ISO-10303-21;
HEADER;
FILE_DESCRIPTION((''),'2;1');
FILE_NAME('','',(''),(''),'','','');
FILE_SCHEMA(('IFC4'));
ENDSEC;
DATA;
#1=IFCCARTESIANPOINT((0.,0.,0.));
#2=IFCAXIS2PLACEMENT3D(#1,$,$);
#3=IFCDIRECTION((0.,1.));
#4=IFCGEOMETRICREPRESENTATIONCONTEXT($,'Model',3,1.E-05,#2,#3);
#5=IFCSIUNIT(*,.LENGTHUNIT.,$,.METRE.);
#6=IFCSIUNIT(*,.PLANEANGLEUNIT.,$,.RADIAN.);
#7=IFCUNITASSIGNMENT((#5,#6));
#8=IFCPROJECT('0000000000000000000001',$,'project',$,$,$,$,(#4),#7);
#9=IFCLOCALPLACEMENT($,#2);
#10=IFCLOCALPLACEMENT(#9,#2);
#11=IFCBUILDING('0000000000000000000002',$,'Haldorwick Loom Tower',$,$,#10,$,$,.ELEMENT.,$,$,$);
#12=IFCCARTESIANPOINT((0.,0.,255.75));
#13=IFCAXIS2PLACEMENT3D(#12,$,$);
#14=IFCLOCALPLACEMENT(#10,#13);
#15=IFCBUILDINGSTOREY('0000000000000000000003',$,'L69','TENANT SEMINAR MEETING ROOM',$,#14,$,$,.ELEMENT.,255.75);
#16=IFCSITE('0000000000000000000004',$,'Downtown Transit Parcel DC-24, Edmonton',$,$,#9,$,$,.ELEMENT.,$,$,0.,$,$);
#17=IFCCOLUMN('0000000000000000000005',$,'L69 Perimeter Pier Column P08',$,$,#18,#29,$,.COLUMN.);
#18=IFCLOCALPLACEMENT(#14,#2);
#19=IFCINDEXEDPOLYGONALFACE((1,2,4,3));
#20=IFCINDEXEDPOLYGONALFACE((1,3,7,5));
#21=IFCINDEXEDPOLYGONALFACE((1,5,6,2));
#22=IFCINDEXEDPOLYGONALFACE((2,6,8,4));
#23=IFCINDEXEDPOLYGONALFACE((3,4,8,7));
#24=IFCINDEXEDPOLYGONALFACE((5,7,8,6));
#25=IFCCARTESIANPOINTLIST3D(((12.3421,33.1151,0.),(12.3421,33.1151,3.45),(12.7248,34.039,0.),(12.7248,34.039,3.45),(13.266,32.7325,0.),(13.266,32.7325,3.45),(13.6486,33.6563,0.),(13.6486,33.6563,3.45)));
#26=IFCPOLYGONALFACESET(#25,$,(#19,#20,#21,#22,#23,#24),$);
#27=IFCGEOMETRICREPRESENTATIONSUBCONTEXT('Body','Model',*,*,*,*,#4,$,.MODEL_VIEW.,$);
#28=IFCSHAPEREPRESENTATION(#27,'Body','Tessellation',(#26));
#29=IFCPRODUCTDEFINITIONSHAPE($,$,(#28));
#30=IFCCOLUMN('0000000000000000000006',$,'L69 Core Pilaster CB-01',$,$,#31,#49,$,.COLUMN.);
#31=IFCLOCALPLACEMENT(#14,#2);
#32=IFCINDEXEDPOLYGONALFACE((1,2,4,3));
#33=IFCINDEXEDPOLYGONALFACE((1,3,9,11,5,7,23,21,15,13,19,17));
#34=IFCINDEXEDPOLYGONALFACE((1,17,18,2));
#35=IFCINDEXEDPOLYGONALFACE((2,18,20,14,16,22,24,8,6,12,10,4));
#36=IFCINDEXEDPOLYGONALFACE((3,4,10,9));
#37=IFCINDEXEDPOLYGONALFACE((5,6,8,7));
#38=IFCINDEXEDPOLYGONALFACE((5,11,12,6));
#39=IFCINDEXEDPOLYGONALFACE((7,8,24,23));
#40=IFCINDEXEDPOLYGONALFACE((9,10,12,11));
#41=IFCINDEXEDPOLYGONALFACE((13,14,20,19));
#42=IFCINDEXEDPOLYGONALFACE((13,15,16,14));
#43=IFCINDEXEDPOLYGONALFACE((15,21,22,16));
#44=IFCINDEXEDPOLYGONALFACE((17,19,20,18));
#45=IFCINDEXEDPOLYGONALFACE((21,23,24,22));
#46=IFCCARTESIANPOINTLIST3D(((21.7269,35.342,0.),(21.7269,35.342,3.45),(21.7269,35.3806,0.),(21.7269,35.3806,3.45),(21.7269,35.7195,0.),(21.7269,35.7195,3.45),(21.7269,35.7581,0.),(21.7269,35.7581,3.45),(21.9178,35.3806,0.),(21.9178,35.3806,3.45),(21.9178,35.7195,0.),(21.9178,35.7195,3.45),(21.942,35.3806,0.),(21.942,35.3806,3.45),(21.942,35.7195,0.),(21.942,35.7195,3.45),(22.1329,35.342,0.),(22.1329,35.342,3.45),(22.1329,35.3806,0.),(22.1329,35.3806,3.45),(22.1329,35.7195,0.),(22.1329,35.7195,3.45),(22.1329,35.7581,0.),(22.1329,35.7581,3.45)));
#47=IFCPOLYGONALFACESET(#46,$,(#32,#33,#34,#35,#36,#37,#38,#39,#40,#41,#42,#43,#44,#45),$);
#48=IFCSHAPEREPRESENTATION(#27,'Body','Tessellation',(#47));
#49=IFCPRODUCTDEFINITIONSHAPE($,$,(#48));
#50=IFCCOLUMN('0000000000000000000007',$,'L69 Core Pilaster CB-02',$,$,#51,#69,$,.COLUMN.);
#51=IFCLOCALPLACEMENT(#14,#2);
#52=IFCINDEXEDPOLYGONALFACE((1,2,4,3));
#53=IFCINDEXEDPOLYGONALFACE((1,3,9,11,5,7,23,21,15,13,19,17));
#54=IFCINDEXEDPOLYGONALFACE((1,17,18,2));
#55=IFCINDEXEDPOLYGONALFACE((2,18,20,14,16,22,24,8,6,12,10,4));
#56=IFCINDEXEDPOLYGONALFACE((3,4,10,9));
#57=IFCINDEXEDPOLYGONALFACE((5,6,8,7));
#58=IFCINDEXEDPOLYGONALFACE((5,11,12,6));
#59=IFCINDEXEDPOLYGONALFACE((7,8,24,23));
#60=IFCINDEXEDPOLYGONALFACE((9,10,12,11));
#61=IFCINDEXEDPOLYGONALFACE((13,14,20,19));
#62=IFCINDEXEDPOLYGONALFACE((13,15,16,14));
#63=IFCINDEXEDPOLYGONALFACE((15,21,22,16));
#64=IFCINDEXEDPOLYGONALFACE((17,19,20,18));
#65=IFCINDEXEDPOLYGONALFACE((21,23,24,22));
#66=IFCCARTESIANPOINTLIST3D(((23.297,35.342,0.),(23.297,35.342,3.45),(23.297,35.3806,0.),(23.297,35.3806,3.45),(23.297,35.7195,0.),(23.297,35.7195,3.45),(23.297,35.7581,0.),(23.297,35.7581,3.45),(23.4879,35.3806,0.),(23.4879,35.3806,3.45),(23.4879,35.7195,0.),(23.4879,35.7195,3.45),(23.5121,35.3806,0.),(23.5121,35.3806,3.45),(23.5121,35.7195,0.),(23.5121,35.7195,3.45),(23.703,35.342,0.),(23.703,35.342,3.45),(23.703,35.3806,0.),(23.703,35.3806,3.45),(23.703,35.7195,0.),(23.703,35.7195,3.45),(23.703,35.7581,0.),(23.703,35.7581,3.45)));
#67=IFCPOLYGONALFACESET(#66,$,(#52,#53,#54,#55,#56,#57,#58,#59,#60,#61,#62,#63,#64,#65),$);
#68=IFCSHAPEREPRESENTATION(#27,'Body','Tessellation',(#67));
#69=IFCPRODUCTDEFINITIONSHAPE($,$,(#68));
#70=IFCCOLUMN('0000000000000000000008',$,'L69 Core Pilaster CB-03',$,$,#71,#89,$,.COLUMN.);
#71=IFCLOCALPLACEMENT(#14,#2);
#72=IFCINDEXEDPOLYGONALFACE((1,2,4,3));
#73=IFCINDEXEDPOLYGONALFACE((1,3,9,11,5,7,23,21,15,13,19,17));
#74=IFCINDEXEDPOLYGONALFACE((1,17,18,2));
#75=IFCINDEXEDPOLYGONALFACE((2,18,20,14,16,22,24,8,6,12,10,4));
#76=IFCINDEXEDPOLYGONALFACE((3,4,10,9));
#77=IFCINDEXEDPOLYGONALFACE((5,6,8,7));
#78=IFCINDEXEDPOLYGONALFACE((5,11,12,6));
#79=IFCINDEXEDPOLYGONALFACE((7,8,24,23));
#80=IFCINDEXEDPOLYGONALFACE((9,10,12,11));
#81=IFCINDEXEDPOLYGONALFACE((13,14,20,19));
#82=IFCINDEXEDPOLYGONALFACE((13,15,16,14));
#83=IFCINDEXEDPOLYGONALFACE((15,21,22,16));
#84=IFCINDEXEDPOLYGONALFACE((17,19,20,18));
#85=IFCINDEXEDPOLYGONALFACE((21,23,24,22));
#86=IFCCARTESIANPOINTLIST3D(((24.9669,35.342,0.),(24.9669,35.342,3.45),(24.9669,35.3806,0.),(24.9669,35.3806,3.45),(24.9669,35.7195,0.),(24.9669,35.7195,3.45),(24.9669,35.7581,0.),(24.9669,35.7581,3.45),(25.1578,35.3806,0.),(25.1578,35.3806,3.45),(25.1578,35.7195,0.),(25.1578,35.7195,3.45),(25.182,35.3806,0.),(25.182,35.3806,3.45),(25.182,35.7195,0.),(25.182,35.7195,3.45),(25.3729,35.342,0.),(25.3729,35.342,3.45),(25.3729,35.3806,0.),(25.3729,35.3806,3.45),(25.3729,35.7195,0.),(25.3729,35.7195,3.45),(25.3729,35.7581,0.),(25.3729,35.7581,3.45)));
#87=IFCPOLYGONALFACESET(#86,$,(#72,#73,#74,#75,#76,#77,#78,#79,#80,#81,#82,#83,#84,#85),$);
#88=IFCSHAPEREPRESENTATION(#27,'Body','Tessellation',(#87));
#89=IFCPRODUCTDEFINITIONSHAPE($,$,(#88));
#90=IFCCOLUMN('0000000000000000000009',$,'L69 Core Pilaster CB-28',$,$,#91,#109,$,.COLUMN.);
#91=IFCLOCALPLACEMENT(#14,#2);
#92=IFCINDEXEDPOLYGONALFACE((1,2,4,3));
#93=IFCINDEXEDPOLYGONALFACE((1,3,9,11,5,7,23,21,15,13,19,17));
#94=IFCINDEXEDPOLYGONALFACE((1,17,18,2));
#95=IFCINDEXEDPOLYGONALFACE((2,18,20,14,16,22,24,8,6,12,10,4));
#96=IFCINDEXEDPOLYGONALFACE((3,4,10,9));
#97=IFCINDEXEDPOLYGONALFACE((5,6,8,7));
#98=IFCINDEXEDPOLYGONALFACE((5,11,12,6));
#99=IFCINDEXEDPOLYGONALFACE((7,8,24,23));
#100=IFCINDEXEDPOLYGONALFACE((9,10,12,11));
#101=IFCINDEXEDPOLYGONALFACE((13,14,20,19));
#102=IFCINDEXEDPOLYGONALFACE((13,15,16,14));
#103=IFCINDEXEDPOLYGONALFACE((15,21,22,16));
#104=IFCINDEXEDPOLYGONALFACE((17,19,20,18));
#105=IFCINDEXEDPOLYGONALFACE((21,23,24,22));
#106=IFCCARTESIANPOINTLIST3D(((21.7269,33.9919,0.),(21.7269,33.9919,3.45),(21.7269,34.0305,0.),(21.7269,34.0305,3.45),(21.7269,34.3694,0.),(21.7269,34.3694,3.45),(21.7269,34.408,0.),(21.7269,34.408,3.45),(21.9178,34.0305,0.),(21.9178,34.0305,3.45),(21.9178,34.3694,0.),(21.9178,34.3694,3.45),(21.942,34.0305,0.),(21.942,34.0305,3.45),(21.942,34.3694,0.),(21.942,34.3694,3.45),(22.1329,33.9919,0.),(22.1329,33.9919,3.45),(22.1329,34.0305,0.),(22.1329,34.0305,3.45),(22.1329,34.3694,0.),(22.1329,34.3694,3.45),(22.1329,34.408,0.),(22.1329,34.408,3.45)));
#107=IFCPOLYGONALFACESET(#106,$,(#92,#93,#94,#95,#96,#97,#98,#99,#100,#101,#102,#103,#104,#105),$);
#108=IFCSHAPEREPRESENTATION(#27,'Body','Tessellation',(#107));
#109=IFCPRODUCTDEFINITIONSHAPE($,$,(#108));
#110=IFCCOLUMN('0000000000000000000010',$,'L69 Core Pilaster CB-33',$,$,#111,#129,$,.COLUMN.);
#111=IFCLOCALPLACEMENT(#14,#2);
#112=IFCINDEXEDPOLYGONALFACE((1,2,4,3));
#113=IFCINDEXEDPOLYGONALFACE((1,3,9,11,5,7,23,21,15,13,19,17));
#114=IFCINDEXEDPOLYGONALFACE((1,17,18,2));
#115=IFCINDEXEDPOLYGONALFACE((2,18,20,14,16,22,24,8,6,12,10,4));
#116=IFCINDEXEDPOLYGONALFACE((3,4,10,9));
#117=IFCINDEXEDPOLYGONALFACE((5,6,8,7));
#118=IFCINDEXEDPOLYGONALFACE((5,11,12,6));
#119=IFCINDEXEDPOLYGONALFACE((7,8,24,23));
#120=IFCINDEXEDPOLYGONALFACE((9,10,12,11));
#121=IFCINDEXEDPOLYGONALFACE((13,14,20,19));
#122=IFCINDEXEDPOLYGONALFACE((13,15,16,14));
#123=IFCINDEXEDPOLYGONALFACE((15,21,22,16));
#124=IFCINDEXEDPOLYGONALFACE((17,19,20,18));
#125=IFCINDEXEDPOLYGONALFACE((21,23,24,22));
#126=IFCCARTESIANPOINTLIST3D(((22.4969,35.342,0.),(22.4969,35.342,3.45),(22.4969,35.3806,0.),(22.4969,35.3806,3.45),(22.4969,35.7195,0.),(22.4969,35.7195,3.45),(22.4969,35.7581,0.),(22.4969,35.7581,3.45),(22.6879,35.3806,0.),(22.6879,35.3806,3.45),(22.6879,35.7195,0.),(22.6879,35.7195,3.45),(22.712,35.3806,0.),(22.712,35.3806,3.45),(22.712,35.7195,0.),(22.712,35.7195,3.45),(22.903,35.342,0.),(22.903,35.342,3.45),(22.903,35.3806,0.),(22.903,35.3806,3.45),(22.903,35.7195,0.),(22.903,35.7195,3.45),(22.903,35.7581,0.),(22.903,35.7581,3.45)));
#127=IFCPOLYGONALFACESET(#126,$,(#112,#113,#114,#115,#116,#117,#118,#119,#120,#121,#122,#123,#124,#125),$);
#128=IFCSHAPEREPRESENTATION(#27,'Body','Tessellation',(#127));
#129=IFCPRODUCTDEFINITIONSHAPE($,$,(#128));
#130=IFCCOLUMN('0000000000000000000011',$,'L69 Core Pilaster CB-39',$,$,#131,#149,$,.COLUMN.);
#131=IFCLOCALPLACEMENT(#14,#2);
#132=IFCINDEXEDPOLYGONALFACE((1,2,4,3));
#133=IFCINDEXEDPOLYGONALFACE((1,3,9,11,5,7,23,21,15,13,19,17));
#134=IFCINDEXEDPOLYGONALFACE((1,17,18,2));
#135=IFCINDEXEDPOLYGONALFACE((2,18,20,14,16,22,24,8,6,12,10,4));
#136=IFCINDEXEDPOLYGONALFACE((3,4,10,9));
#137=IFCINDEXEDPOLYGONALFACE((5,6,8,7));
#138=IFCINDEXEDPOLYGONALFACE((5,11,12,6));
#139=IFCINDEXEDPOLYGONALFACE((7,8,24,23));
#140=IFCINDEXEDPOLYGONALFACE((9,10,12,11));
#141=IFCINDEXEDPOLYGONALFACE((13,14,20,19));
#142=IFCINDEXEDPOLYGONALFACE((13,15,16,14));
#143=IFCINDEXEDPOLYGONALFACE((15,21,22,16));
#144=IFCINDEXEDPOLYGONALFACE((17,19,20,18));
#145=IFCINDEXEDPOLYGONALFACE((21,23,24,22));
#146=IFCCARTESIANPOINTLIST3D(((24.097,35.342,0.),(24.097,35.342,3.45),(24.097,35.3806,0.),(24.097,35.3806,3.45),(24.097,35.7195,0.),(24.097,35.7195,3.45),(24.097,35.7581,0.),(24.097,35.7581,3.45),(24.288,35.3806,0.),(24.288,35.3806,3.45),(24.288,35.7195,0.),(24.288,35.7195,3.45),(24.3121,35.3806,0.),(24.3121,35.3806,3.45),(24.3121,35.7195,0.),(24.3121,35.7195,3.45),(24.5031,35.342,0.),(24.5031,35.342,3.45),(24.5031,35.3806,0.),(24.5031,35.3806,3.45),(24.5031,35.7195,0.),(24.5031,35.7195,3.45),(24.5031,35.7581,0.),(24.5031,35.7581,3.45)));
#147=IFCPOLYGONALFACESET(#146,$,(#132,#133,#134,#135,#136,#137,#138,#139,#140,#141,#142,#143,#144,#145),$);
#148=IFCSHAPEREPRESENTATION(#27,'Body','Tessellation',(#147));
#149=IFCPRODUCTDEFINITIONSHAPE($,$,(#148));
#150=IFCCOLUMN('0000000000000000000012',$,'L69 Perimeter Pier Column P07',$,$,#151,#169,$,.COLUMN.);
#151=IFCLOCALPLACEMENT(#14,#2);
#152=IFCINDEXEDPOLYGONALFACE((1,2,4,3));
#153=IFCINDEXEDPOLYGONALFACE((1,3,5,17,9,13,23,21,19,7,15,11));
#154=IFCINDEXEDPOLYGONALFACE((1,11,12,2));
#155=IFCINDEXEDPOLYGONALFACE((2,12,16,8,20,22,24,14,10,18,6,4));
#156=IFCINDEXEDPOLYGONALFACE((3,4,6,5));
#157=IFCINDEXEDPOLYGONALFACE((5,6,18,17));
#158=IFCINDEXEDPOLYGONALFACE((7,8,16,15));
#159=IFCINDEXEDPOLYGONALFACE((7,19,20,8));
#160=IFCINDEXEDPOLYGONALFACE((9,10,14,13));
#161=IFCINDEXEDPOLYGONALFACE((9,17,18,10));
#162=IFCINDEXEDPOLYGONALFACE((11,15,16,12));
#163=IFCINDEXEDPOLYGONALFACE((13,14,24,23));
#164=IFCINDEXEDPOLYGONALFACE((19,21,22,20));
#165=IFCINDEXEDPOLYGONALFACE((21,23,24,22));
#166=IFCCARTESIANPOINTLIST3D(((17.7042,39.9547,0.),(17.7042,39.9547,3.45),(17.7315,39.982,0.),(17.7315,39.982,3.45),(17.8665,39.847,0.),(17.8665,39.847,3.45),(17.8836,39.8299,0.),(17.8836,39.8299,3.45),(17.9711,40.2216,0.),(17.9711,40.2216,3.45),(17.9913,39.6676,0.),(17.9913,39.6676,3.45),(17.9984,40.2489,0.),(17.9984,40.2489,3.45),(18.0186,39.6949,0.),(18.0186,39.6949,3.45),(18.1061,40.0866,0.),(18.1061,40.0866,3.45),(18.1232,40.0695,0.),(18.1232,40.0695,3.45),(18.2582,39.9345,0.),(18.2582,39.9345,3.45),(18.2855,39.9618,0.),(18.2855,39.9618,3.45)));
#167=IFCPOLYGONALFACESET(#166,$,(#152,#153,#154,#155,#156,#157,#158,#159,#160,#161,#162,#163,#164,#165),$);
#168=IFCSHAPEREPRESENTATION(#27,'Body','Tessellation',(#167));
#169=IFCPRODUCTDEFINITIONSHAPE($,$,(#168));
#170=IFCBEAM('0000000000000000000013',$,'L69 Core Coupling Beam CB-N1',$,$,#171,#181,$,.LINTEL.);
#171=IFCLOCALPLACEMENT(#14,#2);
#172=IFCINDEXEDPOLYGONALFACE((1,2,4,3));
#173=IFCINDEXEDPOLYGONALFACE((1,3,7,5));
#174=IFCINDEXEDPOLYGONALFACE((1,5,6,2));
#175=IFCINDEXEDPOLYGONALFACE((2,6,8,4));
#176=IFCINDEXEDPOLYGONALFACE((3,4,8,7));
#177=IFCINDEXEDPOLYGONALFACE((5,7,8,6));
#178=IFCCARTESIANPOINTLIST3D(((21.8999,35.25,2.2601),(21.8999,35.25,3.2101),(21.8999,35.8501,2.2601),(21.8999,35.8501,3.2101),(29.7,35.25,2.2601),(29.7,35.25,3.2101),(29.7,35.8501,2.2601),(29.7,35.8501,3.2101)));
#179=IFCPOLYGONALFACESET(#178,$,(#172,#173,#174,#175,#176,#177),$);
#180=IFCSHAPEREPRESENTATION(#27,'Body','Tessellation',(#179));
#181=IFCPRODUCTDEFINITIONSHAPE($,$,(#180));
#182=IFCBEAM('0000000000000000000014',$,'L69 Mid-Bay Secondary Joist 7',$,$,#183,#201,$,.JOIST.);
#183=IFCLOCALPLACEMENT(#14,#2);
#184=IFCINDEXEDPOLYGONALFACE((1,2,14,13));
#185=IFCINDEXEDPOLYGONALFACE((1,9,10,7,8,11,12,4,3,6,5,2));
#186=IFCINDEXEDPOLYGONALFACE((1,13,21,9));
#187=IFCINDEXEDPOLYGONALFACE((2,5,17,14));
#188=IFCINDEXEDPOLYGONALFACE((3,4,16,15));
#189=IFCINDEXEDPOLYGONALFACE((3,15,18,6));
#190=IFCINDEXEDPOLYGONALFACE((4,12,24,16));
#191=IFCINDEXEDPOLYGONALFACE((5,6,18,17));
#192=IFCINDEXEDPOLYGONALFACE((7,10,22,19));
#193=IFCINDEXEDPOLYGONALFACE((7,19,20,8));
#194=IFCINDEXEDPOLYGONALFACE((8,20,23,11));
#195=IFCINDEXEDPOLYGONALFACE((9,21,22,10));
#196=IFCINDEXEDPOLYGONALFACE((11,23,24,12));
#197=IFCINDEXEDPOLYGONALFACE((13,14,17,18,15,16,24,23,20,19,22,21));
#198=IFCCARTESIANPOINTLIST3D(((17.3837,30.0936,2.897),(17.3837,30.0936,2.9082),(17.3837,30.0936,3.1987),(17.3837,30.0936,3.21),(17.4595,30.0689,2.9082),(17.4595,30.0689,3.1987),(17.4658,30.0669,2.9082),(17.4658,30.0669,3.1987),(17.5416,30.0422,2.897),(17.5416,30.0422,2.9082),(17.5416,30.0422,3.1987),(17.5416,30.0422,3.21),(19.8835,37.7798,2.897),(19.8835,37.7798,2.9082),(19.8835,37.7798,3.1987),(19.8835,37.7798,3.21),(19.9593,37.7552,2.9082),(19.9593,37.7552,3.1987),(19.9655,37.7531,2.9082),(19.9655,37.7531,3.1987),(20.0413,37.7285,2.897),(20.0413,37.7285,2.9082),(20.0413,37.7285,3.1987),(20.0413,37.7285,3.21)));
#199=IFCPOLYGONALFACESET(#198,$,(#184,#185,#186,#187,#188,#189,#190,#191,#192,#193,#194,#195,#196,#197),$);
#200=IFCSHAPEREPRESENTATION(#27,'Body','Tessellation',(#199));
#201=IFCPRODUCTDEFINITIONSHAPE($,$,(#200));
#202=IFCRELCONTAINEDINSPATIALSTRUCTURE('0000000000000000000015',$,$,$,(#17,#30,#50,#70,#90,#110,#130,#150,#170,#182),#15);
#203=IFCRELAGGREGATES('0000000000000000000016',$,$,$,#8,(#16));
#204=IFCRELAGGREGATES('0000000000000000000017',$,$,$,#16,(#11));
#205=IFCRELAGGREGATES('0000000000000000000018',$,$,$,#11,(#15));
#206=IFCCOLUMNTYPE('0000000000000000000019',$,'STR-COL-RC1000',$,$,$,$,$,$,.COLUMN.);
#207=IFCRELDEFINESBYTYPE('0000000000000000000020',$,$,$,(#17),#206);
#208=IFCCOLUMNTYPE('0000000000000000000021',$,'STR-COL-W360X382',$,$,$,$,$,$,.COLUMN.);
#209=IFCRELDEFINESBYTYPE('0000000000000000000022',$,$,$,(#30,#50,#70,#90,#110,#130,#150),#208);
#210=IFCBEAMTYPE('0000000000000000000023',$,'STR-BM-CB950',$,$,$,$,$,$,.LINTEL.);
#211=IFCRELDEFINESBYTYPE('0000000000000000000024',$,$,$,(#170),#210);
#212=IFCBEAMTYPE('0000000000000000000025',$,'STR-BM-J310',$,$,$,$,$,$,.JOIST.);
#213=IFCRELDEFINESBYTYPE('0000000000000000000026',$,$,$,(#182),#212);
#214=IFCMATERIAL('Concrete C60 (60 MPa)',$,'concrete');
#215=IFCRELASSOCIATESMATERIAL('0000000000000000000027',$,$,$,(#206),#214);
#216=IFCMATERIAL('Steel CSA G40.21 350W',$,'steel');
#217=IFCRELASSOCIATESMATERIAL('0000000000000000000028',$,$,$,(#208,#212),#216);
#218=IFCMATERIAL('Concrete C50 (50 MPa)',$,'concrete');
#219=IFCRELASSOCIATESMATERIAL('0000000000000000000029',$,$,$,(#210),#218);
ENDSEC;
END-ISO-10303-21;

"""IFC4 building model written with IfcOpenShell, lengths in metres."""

from ifc_helpers import new_model, si_unit, direction, frame, origin, origin_2d, place, context, subcontext, project, spatial, rectangle, i_section, extrude, material, material_profile, profile_set, type_object, element, save


model = new_model("IFC4")

# Units and contexts
model_context = context("Model", 3, precision=1e-05, world=origin(), true_north=direction((0.0, 1.0)))
body_context = subcontext(model_context, "Body", "Model", "MODEL_VIEW")
ifc_project = project(units=[si_unit("LENGTHUNIT", "METRE"), si_unit("PLANEANGLEUNIT", "RADIAN")], contexts=[model_context])

# Site, building, storey
site_placement = place(None, origin())
site = spatial("IfcSite", under=ifc_project, at=site_placement, Name="Downtown Transit Parcel DC-24, Edmonton", CompositionType="ELEMENT", RefElevation=0.0)
building_placement = place(site_placement, origin())
building = spatial("IfcBuilding", under=site, at=building_placement, Name="Haldorwick Loom Tower", CompositionType="ELEMENT")
storey_placement = place(building_placement, frame((0.0, 0.0, 255.75)))
storey = spatial("IfcBuildingStorey", under=building, at=storey_placement, Name="L69", Description="TENANT SEMINAR MEETING ROOM", CompositionType="ELEMENT", Elevation=255.75)

# Columns
ifc_material_1 = material(Name="Concrete C60 (60 MPa)", Category="concrete")
ifc_material_profile_1 = material_profile(ifc_material_1, rectangle(XDim=1.0, YDim=1.0, at=origin_2d()), Name="RC1000X1000", Category="concrete")
ifc_profile_set_1 = profile_set([ifc_material_profile_1], Name="Concrete C60 (60 MPa)")
column_type_1 = type_object("IfcColumnType", Name="STR-COL-RC1000", PredefinedType="COLUMN", material=ifc_profile_set_1)
column_placement = place(storey_placement, frame((12.9954, 33.3857, 0.0), z_axis=(0.0, 0.0, 1.0), x_axis=(-0.92388, 0.382683, 0.0)))
element("IfcColumn", 1, at=column_placement, inside=storey, type_object=column_type_1, Name="L69 Perimeter Pier Column P08", PredefinedType="COLUMN", context=body_context, shape_type="SweptSolid", body=[
    extrude(rectangle(XDim=1.0, YDim=1.0, at=origin_2d()), origin(), (0.0, 0.0, 1.0), 3.45),
])
ifc_material_2 = material(Name="Steel CSA G40.21 350W", Category="steel")
ifc_material_profile_2 = material_profile(ifc_material_2, i_section(OverallWidth=0.406, OverallDepth=0.416, WebThickness=0.0242, FlangeThickness=0.0386, at=origin_2d()), Name="W360X382", Category="steel")
ifc_profile_set_2 = profile_set([ifc_material_profile_2], Name="Steel CSA G40.21 350W")
column_type_2 = type_object("IfcColumnType", Name="STR-COL-W360X382", PredefinedType="COLUMN", material=ifc_profile_set_2)
for number, where, z_axis, x_axis, name in (
    (2, (21.9299, 35.55, 0.0), (0.0, 0.0, 1.0), (1.0, 0.0, 0.0), "L69 Core Pilaster CB-01"),
    (3, (23.5, 35.55, 0.0), (0.0, 0.0, 1.0), (1.0, 0.0, 0.0), "L69 Core Pilaster CB-02"),
    (4, (25.1699, 35.55, 0.0), (0.0, 0.0, 1.0), (1.0, 0.0, 0.0), "L69 Core Pilaster CB-03"),
    (5, (21.9299, 34.2, 0.0), (0.0, 0.0, 1.0), (1.0, 0.0, 0.0), "L69 Core Pilaster CB-28"),
    (6, (22.7, 35.55, 0.0), (0.0, 0.0, 1.0), (1.0, 0.0, 0.0), "L69 Core Pilaster CB-33"),
    (7, (24.3, 35.55, 0.0), (0.0, 0.0, 1.0), (1.0, 0.0, 0.0), "L69 Core Pilaster CB-39"),
    (8, (17.9949, 39.9583, 0.0), (0.0, 0.0, 1.0), (-0.707107, 0.707107, 0.0), "L69 Perimeter Pier Column P07"),
):
    element("IfcColumn", number, at=place(storey_placement, frame(where, z_axis=z_axis, x_axis=x_axis)), inside=storey, type_object=column_type_2, Name=name, PredefinedType="COLUMN", context=body_context, shape_type="SweptSolid", body=[
        extrude(i_section(OverallWidth=0.406, OverallDepth=0.416, WebThickness=0.0242, FlangeThickness=0.0386, at=origin_2d()), origin(), (0.0, 0.0, 1.0), 3.45),
    ])

# Beams
ifc_material_3 = material(Name="Concrete C50 (50 MPa)", Category="concrete")
ifc_material_profile_3 = material_profile(ifc_material_3, rectangle(XDim=0.6001, YDim=0.95, at=origin_2d()), Name="RC600X950", Category="concrete")
ifc_profile_set_3 = profile_set([ifc_material_profile_3], Name="Concrete C50 (50 MPa)")
beam_type_1 = type_object("IfcBeamType", Name="STR-BM-CB950", PredefinedType="LINTEL", material=ifc_profile_set_3)
beam_1_placement = place(storey_placement, frame((21.8999, 35.55, 2.7351), z_axis=(1.0, 0.0, 0.0), x_axis=(0.0, 1.0, 0.0)))
element("IfcBeam", 9, at=beam_1_placement, inside=storey, type_object=beam_type_1, Name="L69 Core Coupling Beam CB-N1", PredefinedType="LINTEL", context=body_context, shape_type="SweptSolid", body=[
    extrude(rectangle(XDim=0.6001, YDim=0.95, at=origin_2d()), origin(), (0.0, 0.0, 1.0), 7.8),
])
ifc_material_profile_4 = material_profile(ifc_material_2, i_section(OverallWidth=0.166, OverallDepth=0.313, WebThickness=0.0066, FlangeThickness=0.0112, at=origin_2d()), Name="W310X45", Category="steel")
ifc_profile_set_4 = profile_set([ifc_material_profile_4], Name="Steel CSA G40.21 350W")
beam_type_2 = type_object("IfcBeamType", Name="STR-BM-J310", PredefinedType="JOIST", material=ifc_profile_set_4)
beam_2_placement = place(storey_placement, frame((19.9624, 37.7542, 3.0535), z_axis=(-0.309278, -0.950972, 0.0), x_axis=(0.950972, -0.309278, 0.0)))
element("IfcBeam", 10, at=beam_2_placement, inside=storey, type_object=beam_type_2, Name="L69 Mid-Bay Secondary Joist 7", PredefinedType="JOIST", context=body_context, shape_type="SweptSolid", body=[
    extrude(i_section(OverallWidth=0.166, OverallDepth=0.313, WebThickness=0.0066, FlangeThickness=0.0112, at=origin_2d()), origin(), (0.0, 0.0, 1.0), 8.0825),
])

save(model, "model.ifc")
